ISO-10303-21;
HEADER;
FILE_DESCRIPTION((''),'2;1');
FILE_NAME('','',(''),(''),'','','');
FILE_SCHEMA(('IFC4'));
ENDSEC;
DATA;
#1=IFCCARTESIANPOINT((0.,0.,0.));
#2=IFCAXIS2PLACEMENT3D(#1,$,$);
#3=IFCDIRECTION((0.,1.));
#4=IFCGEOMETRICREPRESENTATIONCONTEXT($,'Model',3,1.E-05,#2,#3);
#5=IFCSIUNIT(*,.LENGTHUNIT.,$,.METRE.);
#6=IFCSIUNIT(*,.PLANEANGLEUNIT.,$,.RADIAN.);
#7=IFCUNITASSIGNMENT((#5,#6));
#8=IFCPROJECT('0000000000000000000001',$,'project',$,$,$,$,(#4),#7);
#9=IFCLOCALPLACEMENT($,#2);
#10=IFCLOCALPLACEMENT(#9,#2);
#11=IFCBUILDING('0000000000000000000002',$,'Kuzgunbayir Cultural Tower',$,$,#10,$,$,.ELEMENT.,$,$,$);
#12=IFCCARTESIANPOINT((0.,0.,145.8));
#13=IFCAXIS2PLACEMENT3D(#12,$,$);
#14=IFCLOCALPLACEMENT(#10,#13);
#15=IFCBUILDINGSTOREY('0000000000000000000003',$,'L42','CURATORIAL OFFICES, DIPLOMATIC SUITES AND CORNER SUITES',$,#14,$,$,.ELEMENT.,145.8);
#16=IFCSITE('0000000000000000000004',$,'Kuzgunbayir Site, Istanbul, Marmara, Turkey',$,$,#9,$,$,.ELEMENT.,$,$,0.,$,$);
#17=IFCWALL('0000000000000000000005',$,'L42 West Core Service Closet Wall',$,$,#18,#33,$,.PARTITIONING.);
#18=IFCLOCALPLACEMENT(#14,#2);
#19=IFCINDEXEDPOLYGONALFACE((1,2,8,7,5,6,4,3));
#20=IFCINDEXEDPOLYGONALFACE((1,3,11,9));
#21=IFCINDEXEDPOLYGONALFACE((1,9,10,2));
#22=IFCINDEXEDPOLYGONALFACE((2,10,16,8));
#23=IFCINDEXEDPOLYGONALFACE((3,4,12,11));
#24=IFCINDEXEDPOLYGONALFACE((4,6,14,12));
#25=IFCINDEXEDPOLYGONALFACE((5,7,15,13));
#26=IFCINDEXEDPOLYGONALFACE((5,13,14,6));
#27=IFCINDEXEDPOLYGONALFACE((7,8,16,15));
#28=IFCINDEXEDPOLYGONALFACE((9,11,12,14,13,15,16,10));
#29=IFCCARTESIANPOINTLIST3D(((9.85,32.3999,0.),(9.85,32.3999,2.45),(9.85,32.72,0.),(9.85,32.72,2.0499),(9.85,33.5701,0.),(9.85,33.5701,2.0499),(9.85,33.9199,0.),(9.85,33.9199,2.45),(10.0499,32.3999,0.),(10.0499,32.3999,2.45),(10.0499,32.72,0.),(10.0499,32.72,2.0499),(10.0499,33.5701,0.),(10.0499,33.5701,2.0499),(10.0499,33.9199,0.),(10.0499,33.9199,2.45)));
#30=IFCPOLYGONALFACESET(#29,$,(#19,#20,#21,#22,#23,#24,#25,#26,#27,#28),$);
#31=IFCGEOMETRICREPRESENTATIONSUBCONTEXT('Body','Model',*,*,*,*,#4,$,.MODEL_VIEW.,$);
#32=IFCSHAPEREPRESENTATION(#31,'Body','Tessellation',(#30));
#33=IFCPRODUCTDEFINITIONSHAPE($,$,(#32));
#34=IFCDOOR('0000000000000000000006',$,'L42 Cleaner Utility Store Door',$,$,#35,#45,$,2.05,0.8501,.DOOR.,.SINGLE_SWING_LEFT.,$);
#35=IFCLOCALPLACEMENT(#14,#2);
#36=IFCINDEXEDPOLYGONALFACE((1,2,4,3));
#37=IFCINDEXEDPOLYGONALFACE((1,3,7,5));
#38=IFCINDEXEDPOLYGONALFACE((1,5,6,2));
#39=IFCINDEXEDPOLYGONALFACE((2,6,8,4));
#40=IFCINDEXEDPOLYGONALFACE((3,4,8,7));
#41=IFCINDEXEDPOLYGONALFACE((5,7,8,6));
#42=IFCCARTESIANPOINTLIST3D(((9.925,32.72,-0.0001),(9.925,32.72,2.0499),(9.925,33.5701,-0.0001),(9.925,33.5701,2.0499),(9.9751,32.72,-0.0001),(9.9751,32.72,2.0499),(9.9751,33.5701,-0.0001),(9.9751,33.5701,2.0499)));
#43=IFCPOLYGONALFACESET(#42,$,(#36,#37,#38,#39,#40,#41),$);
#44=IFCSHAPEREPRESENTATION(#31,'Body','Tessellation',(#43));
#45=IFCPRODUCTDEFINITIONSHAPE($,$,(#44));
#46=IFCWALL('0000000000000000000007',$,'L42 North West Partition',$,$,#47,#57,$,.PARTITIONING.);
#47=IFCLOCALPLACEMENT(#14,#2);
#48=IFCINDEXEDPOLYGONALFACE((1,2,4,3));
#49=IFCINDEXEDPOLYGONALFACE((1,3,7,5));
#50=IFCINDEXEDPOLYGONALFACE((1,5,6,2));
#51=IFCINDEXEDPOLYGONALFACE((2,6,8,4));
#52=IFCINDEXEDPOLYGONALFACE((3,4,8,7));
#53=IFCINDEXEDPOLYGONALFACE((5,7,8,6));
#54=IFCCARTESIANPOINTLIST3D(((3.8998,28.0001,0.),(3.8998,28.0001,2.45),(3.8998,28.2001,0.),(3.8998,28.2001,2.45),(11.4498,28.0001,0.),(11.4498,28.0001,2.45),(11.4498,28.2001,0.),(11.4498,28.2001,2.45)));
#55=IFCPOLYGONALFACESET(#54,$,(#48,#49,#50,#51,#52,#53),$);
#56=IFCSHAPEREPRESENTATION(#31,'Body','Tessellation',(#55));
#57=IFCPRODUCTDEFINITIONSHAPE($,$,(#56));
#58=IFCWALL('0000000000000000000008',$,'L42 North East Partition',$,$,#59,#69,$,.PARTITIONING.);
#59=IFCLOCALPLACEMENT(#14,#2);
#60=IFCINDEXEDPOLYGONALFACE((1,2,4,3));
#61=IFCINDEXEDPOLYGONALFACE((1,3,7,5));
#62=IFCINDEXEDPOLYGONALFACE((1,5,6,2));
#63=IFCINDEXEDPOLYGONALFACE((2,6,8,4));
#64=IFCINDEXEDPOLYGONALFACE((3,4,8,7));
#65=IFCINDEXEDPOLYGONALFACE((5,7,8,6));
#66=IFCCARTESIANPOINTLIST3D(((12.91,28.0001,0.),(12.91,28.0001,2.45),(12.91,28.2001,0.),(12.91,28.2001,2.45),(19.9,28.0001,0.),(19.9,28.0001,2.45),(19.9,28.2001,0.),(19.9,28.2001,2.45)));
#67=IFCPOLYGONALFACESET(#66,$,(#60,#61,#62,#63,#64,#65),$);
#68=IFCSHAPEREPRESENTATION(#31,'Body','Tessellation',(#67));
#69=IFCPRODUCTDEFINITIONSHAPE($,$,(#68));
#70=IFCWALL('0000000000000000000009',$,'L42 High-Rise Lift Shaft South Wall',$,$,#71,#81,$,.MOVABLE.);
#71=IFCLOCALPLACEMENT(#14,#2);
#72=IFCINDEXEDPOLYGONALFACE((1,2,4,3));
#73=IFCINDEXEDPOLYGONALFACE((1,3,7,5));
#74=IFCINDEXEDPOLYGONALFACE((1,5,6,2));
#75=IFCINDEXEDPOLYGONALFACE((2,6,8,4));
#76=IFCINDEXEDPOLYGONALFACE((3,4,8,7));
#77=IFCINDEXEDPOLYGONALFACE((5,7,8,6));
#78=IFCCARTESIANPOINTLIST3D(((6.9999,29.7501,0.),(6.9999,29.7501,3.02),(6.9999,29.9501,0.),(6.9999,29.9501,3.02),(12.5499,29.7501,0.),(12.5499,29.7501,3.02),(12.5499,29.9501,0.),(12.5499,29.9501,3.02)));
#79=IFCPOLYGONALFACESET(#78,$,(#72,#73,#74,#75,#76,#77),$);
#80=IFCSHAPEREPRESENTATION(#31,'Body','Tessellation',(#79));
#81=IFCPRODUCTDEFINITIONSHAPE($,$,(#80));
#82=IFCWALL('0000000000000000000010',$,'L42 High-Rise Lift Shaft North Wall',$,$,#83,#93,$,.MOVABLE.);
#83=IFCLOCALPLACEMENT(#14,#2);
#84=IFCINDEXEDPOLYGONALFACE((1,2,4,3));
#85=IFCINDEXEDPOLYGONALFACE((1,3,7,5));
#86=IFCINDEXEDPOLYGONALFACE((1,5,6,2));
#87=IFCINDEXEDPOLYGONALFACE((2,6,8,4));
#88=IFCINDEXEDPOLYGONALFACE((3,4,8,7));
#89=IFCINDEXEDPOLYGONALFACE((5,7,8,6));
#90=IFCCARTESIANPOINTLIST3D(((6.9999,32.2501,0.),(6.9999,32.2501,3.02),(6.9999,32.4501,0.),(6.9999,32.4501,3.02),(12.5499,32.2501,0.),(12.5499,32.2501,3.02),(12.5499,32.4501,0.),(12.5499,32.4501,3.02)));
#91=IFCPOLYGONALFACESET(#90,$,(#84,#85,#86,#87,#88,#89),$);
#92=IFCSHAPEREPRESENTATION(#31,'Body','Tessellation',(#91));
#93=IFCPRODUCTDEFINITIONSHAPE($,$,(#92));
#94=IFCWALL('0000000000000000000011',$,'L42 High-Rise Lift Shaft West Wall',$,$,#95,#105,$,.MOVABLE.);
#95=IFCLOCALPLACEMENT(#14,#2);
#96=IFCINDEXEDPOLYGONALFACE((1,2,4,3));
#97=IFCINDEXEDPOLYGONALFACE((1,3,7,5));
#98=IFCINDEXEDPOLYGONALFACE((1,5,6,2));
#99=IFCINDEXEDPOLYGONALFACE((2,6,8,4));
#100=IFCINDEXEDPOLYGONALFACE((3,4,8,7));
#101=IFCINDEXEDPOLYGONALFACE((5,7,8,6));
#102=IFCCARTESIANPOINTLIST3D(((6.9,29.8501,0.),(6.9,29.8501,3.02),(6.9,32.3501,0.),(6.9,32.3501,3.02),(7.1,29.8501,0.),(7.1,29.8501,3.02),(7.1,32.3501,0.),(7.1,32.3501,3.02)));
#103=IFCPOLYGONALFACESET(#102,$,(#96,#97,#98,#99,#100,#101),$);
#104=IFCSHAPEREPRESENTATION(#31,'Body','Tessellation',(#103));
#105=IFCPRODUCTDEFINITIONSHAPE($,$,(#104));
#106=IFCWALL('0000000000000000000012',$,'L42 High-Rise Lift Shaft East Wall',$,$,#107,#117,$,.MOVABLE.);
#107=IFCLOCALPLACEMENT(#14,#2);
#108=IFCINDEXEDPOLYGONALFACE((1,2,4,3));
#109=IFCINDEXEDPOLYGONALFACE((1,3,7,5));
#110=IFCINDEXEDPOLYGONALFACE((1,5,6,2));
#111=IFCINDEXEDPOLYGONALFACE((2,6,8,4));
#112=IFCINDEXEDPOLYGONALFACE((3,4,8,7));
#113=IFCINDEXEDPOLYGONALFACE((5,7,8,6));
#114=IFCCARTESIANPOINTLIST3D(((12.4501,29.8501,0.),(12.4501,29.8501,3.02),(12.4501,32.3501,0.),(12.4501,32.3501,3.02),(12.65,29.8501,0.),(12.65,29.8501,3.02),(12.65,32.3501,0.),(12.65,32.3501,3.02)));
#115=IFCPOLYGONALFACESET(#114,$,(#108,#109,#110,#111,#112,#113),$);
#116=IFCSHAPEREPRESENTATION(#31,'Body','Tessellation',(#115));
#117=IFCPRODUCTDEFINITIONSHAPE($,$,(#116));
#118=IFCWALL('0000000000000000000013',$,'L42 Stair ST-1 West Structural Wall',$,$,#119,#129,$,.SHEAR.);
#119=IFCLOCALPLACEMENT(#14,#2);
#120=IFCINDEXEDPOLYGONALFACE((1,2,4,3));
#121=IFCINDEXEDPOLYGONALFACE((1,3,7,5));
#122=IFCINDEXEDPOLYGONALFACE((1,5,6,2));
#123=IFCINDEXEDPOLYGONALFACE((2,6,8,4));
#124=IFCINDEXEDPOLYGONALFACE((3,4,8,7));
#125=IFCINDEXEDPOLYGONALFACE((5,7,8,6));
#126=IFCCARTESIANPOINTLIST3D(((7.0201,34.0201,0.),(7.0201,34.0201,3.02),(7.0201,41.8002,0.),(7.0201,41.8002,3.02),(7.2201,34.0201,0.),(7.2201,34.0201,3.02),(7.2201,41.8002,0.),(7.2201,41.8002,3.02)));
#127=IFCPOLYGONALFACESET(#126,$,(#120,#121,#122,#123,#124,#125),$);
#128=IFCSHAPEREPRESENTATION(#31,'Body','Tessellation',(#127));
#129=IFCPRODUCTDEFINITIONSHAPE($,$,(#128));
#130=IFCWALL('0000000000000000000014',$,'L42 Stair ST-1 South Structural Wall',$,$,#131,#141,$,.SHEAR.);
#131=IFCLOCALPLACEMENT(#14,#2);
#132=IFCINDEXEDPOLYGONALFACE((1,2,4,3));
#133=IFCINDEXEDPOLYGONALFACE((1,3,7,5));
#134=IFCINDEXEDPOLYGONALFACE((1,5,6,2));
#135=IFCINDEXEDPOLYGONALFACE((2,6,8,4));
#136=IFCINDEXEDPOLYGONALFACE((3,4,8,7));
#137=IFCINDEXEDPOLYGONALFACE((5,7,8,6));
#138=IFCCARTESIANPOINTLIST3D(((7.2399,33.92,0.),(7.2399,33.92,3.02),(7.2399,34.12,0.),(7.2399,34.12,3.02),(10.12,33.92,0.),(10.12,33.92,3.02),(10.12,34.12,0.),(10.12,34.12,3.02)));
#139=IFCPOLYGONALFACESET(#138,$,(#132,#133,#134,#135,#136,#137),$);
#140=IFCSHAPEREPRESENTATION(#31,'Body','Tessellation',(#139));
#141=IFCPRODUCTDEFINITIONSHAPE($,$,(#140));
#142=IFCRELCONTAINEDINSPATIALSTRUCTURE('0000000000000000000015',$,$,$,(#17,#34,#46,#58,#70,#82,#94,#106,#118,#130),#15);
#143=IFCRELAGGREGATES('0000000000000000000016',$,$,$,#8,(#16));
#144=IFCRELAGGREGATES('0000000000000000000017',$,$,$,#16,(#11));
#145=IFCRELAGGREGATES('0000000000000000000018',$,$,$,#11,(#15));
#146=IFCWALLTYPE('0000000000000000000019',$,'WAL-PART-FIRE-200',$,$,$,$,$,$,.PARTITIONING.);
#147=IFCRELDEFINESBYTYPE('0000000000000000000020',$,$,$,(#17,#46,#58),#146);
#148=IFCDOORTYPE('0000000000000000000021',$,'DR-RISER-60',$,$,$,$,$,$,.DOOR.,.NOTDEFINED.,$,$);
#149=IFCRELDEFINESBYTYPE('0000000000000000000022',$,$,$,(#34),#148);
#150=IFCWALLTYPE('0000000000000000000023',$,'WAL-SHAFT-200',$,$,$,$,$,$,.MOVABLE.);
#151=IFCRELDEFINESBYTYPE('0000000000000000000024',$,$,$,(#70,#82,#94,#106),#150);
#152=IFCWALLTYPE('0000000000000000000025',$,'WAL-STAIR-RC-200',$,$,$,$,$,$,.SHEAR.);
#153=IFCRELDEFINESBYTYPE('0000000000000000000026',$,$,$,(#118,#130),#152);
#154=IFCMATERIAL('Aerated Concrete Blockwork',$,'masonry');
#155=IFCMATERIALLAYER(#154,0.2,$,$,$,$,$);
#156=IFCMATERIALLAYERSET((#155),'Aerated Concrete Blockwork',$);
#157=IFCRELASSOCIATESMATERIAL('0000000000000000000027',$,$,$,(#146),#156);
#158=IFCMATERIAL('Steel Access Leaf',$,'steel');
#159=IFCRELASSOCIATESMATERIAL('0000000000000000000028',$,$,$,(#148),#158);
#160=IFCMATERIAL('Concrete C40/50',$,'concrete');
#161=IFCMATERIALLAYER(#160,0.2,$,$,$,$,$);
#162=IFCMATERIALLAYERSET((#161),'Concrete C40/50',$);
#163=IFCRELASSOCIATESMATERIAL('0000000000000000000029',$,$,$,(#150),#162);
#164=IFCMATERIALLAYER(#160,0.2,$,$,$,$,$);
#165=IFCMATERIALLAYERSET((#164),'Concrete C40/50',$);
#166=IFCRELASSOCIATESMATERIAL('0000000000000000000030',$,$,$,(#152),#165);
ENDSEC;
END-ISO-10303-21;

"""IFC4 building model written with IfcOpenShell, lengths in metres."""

from ifc_helpers import new_model, si_unit, direction, frame, frame_2d, origin, place, context, subcontext, project, spatial, rectangle, extrude, material, layer, layer_set, type_object, element, fill, save


model = new_model("IFC4")

# Units and contexts
model_context = context("Model", 3, precision=1e-05, world=origin(), true_north=direction((0.0, 1.0)))
body_context = subcontext(model_context, "Body", "Model", "MODEL_VIEW")
ifc_project = project(units=[si_unit("LENGTHUNIT", "METRE"), si_unit("PLANEANGLEUNIT", "RADIAN")], contexts=[model_context])

# Site, building, storey
site_placement = place(None, origin())
site = spatial("IfcSite", under=ifc_project, at=site_placement, Name="Kuzgunbayir Site, Istanbul, Marmara, Turkey", CompositionType="ELEMENT", RefElevation=0.0)
building_placement = place(site_placement, origin())
building = spatial("IfcBuilding", under=site, at=building_placement, Name="Kuzgunbayir Cultural Tower", CompositionType="ELEMENT")
storey_placement = place(building_placement, frame((0.0, 0.0, 145.8)))
storey = spatial("IfcBuildingStorey", under=building, at=storey_placement, Name="L42", Description="CURATORIAL OFFICES, DIPLOMATIC SUITES AND CORNER SUITES", CompositionType="ELEMENT", Elevation=145.8)

# Shared definitions
ifc_material_1 = material(Name="Aerated Concrete Blockwork", Category="masonry")
ifc_layer_1 = layer(ifc_material_1, 0.2)
ifc_layer_set_1 = layer_set([ifc_layer_1], Name="Aerated Concrete Blockwork")
wall_type_1 = type_object("IfcWallType", Name="WAL-PART-FIRE-200", PredefinedType="PARTITIONING", material=ifc_layer_set_1)

# Wall, opening, door
wall_1_placement = place(storey_placement, frame((9.95, 32.3999, 0.0), z_axis=(0.0, 0.0, 1.0), x_axis=(0.0, 1.0, 0.0)))
wall_1 = element("IfcWall", 1, at=wall_1_placement, inside=storey, type_object=wall_type_1, Name="L42 West Core Service Closet Wall", PredefinedType="PARTITIONING", context=body_context, shape_type="SweptSolid", body=[
    extrude(rectangle(XDim=1.52, YDim=0.2, at=frame_2d((0.76, 0.0))), origin(), (0.0, 0.0, 1.0), 2.45),
])
opening_1_placement = place(wall_1_placement, frame((0.3201, 0.0, 0.0)))
opening_1 = element("IfcOpeningElement", 2, at=opening_1_placement, cuts=wall_1, PredefinedType="OPENING", context=body_context, shape_type="SweptSolid", body=[
    extrude(rectangle(XDim=0.8501, YDim=2.05, at=frame_2d((0.425, 1.0249))), frame((0.0, 0.1099, 0.0), z_axis=(0.0, -1.0, 0.0), x_axis=(1.0, 0.0, 0.0)), (0.0, 0.0, 1.0), 0.22),
])
ifc_material_2 = material(Name="Steel Access Leaf", Category="steel")
door_type_1 = type_object("IfcDoorType", Name="DR-RISER-60", OperationType="NOTDEFINED", PredefinedType="DOOR", material=ifc_material_2)
door_1_placement = place(opening_1_placement, origin())
door_1 = element("IfcDoor", 3, at=door_1_placement, inside=storey, type_object=door_type_1, Name="L42 Cleaner Utility Store Door", OperationType="SINGLE_SWING_LEFT", OverallHeight=2.05, OverallWidth=0.8501, PredefinedType="DOOR", context=body_context, shape_type="SweptSolid", body=[
    extrude(rectangle(XDim=0.8501, YDim=2.05, at=frame_2d((0.425, 1.0249))), frame((0.0, 0.0249, 0.0), z_axis=(0.0, -1.0, 0.0), x_axis=(1.0, 0.0, 0.0)), (0.0, 0.0, 1.0), 0.05),
])
fill(opening_1, door_1)

# Walls
wall_2_placement = place(storey_placement, frame((3.8999, 28.1001, 0.0), z_axis=(0.0, 0.0, 1.0), x_axis=(1.0, 0.0, 0.0)))
element("IfcWall", 4, at=wall_2_placement, inside=storey, type_object=wall_type_1, Name="L42 North West Partition", PredefinedType="PARTITIONING", context=body_context, shape_type="SweptSolid", body=[
    extrude(rectangle(XDim=7.55, YDim=0.2, at=frame_2d((3.7749, 0.0))), origin(), (0.0, 0.0, 1.0), 2.45),
])
wall_3_placement = place(storey_placement, frame((12.9099, 28.1001, 0.0), z_axis=(0.0, 0.0, 1.0), x_axis=(1.0, 0.0, 0.0)))
element("IfcWall", 5, at=wall_3_placement, inside=storey, type_object=wall_type_1, Name="L42 North East Partition", PredefinedType="PARTITIONING", context=body_context, shape_type="SweptSolid", body=[
    extrude(rectangle(XDim=6.99, YDim=0.2, at=frame_2d((3.4951, 0.0))), origin(), (0.0, 0.0, 1.0), 2.45),
])
ifc_material_3 = material(Name="Concrete C40/50", Category="concrete")
ifc_layer_2 = layer(ifc_material_3, 0.2)
ifc_layer_set_2 = layer_set([ifc_layer_2], Name="Concrete C40/50")
wall_type_2 = type_object("IfcWallType", Name="WAL-SHAFT-200", PredefinedType="MOVABLE", material=ifc_layer_set_2)
for number, where, z_axis, x_axis, name in (
    (6, (7.0, 29.8501, 0.0), (0.0, 0.0, 1.0), (1.0, 0.0, 0.0), "L42 High-Rise Lift Shaft South Wall"),
    (7, (7.0, 32.3501, 0.0), (0.0, 0.0, 1.0), (1.0, 0.0, 0.0), "L42 High-Rise Lift Shaft North Wall"),
):
    element("IfcWall", number, at=place(storey_placement, frame(where, z_axis=z_axis, x_axis=x_axis)), inside=storey, type_object=wall_type_2, Name=name, PredefinedType="MOVABLE", context=body_context, shape_type="SweptSolid", body=[
        extrude(rectangle(XDim=5.55, YDim=0.2, at=frame_2d((2.7749, 0.0))), origin(), (0.0, 0.0, 1.0), 3.02),
    ])
for number, where, z_axis, x_axis, name in (
    (8, (7.0, 29.8501, 0.0), (0.0, 0.0, 1.0), (0.0, 1.0, 0.0), "L42 High-Rise Lift Shaft West Wall"),
    (9, (12.55, 29.8501, 0.0), (0.0, 0.0, 1.0), (0.0, 1.0, 0.0), "L42 High-Rise Lift Shaft East Wall"),
):
    element("IfcWall", number, at=place(storey_placement, frame(where, z_axis=z_axis, x_axis=x_axis)), inside=storey, type_object=wall_type_2, Name=name, PredefinedType="MOVABLE", context=body_context, shape_type="SweptSolid", body=[
        extrude(rectangle(XDim=2.5, YDim=0.2, at=frame_2d((1.25, 0.0))), origin(), (0.0, 0.0, 1.0), 3.02),
    ])
ifc_layer_3 = layer(ifc_material_3, 0.2)
ifc_layer_set_3 = layer_set([ifc_layer_3], Name="Concrete C40/50")
wall_type_3 = type_object("IfcWallType", Name="WAL-STAIR-RC-200", PredefinedType="SHEAR", material=ifc_layer_set_3)
wall_4_placement = place(storey_placement, frame((7.1201, 34.02, 0.0), z_axis=(0.0, 0.0, 1.0), x_axis=(0.0, 1.0, 0.0)))
element("IfcWall", 10, at=wall_4_placement, inside=storey, type_object=wall_type_3, Name="L42 Stair ST-1 West Structural Wall", PredefinedType="SHEAR", context=body_context, shape_type="SweptSolid", body=[
    extrude(rectangle(XDim=7.78, YDim=0.2, at=frame_2d((3.8901, 0.0))), origin(), (0.0, 0.0, 1.0), 3.02),
])
wall_5_placement = place(storey_placement, frame((7.24, 34.02, 0.0), z_axis=(0.0, 0.0, 1.0), x_axis=(1.0, 0.0, 0.0)))
element("IfcWall", 11, at=wall_5_placement, inside=storey, type_object=wall_type_3, Name="L42 Stair ST-1 South Structural Wall", PredefinedType="SHEAR", context=body_context, shape_type="SweptSolid", body=[
    extrude(rectangle(XDim=2.8801, YDim=0.2, at=frame_2d((1.4399, 0.0))), origin(), (0.0, 0.0, 1.0), 3.02),
])

save(model, "model.ifc")
